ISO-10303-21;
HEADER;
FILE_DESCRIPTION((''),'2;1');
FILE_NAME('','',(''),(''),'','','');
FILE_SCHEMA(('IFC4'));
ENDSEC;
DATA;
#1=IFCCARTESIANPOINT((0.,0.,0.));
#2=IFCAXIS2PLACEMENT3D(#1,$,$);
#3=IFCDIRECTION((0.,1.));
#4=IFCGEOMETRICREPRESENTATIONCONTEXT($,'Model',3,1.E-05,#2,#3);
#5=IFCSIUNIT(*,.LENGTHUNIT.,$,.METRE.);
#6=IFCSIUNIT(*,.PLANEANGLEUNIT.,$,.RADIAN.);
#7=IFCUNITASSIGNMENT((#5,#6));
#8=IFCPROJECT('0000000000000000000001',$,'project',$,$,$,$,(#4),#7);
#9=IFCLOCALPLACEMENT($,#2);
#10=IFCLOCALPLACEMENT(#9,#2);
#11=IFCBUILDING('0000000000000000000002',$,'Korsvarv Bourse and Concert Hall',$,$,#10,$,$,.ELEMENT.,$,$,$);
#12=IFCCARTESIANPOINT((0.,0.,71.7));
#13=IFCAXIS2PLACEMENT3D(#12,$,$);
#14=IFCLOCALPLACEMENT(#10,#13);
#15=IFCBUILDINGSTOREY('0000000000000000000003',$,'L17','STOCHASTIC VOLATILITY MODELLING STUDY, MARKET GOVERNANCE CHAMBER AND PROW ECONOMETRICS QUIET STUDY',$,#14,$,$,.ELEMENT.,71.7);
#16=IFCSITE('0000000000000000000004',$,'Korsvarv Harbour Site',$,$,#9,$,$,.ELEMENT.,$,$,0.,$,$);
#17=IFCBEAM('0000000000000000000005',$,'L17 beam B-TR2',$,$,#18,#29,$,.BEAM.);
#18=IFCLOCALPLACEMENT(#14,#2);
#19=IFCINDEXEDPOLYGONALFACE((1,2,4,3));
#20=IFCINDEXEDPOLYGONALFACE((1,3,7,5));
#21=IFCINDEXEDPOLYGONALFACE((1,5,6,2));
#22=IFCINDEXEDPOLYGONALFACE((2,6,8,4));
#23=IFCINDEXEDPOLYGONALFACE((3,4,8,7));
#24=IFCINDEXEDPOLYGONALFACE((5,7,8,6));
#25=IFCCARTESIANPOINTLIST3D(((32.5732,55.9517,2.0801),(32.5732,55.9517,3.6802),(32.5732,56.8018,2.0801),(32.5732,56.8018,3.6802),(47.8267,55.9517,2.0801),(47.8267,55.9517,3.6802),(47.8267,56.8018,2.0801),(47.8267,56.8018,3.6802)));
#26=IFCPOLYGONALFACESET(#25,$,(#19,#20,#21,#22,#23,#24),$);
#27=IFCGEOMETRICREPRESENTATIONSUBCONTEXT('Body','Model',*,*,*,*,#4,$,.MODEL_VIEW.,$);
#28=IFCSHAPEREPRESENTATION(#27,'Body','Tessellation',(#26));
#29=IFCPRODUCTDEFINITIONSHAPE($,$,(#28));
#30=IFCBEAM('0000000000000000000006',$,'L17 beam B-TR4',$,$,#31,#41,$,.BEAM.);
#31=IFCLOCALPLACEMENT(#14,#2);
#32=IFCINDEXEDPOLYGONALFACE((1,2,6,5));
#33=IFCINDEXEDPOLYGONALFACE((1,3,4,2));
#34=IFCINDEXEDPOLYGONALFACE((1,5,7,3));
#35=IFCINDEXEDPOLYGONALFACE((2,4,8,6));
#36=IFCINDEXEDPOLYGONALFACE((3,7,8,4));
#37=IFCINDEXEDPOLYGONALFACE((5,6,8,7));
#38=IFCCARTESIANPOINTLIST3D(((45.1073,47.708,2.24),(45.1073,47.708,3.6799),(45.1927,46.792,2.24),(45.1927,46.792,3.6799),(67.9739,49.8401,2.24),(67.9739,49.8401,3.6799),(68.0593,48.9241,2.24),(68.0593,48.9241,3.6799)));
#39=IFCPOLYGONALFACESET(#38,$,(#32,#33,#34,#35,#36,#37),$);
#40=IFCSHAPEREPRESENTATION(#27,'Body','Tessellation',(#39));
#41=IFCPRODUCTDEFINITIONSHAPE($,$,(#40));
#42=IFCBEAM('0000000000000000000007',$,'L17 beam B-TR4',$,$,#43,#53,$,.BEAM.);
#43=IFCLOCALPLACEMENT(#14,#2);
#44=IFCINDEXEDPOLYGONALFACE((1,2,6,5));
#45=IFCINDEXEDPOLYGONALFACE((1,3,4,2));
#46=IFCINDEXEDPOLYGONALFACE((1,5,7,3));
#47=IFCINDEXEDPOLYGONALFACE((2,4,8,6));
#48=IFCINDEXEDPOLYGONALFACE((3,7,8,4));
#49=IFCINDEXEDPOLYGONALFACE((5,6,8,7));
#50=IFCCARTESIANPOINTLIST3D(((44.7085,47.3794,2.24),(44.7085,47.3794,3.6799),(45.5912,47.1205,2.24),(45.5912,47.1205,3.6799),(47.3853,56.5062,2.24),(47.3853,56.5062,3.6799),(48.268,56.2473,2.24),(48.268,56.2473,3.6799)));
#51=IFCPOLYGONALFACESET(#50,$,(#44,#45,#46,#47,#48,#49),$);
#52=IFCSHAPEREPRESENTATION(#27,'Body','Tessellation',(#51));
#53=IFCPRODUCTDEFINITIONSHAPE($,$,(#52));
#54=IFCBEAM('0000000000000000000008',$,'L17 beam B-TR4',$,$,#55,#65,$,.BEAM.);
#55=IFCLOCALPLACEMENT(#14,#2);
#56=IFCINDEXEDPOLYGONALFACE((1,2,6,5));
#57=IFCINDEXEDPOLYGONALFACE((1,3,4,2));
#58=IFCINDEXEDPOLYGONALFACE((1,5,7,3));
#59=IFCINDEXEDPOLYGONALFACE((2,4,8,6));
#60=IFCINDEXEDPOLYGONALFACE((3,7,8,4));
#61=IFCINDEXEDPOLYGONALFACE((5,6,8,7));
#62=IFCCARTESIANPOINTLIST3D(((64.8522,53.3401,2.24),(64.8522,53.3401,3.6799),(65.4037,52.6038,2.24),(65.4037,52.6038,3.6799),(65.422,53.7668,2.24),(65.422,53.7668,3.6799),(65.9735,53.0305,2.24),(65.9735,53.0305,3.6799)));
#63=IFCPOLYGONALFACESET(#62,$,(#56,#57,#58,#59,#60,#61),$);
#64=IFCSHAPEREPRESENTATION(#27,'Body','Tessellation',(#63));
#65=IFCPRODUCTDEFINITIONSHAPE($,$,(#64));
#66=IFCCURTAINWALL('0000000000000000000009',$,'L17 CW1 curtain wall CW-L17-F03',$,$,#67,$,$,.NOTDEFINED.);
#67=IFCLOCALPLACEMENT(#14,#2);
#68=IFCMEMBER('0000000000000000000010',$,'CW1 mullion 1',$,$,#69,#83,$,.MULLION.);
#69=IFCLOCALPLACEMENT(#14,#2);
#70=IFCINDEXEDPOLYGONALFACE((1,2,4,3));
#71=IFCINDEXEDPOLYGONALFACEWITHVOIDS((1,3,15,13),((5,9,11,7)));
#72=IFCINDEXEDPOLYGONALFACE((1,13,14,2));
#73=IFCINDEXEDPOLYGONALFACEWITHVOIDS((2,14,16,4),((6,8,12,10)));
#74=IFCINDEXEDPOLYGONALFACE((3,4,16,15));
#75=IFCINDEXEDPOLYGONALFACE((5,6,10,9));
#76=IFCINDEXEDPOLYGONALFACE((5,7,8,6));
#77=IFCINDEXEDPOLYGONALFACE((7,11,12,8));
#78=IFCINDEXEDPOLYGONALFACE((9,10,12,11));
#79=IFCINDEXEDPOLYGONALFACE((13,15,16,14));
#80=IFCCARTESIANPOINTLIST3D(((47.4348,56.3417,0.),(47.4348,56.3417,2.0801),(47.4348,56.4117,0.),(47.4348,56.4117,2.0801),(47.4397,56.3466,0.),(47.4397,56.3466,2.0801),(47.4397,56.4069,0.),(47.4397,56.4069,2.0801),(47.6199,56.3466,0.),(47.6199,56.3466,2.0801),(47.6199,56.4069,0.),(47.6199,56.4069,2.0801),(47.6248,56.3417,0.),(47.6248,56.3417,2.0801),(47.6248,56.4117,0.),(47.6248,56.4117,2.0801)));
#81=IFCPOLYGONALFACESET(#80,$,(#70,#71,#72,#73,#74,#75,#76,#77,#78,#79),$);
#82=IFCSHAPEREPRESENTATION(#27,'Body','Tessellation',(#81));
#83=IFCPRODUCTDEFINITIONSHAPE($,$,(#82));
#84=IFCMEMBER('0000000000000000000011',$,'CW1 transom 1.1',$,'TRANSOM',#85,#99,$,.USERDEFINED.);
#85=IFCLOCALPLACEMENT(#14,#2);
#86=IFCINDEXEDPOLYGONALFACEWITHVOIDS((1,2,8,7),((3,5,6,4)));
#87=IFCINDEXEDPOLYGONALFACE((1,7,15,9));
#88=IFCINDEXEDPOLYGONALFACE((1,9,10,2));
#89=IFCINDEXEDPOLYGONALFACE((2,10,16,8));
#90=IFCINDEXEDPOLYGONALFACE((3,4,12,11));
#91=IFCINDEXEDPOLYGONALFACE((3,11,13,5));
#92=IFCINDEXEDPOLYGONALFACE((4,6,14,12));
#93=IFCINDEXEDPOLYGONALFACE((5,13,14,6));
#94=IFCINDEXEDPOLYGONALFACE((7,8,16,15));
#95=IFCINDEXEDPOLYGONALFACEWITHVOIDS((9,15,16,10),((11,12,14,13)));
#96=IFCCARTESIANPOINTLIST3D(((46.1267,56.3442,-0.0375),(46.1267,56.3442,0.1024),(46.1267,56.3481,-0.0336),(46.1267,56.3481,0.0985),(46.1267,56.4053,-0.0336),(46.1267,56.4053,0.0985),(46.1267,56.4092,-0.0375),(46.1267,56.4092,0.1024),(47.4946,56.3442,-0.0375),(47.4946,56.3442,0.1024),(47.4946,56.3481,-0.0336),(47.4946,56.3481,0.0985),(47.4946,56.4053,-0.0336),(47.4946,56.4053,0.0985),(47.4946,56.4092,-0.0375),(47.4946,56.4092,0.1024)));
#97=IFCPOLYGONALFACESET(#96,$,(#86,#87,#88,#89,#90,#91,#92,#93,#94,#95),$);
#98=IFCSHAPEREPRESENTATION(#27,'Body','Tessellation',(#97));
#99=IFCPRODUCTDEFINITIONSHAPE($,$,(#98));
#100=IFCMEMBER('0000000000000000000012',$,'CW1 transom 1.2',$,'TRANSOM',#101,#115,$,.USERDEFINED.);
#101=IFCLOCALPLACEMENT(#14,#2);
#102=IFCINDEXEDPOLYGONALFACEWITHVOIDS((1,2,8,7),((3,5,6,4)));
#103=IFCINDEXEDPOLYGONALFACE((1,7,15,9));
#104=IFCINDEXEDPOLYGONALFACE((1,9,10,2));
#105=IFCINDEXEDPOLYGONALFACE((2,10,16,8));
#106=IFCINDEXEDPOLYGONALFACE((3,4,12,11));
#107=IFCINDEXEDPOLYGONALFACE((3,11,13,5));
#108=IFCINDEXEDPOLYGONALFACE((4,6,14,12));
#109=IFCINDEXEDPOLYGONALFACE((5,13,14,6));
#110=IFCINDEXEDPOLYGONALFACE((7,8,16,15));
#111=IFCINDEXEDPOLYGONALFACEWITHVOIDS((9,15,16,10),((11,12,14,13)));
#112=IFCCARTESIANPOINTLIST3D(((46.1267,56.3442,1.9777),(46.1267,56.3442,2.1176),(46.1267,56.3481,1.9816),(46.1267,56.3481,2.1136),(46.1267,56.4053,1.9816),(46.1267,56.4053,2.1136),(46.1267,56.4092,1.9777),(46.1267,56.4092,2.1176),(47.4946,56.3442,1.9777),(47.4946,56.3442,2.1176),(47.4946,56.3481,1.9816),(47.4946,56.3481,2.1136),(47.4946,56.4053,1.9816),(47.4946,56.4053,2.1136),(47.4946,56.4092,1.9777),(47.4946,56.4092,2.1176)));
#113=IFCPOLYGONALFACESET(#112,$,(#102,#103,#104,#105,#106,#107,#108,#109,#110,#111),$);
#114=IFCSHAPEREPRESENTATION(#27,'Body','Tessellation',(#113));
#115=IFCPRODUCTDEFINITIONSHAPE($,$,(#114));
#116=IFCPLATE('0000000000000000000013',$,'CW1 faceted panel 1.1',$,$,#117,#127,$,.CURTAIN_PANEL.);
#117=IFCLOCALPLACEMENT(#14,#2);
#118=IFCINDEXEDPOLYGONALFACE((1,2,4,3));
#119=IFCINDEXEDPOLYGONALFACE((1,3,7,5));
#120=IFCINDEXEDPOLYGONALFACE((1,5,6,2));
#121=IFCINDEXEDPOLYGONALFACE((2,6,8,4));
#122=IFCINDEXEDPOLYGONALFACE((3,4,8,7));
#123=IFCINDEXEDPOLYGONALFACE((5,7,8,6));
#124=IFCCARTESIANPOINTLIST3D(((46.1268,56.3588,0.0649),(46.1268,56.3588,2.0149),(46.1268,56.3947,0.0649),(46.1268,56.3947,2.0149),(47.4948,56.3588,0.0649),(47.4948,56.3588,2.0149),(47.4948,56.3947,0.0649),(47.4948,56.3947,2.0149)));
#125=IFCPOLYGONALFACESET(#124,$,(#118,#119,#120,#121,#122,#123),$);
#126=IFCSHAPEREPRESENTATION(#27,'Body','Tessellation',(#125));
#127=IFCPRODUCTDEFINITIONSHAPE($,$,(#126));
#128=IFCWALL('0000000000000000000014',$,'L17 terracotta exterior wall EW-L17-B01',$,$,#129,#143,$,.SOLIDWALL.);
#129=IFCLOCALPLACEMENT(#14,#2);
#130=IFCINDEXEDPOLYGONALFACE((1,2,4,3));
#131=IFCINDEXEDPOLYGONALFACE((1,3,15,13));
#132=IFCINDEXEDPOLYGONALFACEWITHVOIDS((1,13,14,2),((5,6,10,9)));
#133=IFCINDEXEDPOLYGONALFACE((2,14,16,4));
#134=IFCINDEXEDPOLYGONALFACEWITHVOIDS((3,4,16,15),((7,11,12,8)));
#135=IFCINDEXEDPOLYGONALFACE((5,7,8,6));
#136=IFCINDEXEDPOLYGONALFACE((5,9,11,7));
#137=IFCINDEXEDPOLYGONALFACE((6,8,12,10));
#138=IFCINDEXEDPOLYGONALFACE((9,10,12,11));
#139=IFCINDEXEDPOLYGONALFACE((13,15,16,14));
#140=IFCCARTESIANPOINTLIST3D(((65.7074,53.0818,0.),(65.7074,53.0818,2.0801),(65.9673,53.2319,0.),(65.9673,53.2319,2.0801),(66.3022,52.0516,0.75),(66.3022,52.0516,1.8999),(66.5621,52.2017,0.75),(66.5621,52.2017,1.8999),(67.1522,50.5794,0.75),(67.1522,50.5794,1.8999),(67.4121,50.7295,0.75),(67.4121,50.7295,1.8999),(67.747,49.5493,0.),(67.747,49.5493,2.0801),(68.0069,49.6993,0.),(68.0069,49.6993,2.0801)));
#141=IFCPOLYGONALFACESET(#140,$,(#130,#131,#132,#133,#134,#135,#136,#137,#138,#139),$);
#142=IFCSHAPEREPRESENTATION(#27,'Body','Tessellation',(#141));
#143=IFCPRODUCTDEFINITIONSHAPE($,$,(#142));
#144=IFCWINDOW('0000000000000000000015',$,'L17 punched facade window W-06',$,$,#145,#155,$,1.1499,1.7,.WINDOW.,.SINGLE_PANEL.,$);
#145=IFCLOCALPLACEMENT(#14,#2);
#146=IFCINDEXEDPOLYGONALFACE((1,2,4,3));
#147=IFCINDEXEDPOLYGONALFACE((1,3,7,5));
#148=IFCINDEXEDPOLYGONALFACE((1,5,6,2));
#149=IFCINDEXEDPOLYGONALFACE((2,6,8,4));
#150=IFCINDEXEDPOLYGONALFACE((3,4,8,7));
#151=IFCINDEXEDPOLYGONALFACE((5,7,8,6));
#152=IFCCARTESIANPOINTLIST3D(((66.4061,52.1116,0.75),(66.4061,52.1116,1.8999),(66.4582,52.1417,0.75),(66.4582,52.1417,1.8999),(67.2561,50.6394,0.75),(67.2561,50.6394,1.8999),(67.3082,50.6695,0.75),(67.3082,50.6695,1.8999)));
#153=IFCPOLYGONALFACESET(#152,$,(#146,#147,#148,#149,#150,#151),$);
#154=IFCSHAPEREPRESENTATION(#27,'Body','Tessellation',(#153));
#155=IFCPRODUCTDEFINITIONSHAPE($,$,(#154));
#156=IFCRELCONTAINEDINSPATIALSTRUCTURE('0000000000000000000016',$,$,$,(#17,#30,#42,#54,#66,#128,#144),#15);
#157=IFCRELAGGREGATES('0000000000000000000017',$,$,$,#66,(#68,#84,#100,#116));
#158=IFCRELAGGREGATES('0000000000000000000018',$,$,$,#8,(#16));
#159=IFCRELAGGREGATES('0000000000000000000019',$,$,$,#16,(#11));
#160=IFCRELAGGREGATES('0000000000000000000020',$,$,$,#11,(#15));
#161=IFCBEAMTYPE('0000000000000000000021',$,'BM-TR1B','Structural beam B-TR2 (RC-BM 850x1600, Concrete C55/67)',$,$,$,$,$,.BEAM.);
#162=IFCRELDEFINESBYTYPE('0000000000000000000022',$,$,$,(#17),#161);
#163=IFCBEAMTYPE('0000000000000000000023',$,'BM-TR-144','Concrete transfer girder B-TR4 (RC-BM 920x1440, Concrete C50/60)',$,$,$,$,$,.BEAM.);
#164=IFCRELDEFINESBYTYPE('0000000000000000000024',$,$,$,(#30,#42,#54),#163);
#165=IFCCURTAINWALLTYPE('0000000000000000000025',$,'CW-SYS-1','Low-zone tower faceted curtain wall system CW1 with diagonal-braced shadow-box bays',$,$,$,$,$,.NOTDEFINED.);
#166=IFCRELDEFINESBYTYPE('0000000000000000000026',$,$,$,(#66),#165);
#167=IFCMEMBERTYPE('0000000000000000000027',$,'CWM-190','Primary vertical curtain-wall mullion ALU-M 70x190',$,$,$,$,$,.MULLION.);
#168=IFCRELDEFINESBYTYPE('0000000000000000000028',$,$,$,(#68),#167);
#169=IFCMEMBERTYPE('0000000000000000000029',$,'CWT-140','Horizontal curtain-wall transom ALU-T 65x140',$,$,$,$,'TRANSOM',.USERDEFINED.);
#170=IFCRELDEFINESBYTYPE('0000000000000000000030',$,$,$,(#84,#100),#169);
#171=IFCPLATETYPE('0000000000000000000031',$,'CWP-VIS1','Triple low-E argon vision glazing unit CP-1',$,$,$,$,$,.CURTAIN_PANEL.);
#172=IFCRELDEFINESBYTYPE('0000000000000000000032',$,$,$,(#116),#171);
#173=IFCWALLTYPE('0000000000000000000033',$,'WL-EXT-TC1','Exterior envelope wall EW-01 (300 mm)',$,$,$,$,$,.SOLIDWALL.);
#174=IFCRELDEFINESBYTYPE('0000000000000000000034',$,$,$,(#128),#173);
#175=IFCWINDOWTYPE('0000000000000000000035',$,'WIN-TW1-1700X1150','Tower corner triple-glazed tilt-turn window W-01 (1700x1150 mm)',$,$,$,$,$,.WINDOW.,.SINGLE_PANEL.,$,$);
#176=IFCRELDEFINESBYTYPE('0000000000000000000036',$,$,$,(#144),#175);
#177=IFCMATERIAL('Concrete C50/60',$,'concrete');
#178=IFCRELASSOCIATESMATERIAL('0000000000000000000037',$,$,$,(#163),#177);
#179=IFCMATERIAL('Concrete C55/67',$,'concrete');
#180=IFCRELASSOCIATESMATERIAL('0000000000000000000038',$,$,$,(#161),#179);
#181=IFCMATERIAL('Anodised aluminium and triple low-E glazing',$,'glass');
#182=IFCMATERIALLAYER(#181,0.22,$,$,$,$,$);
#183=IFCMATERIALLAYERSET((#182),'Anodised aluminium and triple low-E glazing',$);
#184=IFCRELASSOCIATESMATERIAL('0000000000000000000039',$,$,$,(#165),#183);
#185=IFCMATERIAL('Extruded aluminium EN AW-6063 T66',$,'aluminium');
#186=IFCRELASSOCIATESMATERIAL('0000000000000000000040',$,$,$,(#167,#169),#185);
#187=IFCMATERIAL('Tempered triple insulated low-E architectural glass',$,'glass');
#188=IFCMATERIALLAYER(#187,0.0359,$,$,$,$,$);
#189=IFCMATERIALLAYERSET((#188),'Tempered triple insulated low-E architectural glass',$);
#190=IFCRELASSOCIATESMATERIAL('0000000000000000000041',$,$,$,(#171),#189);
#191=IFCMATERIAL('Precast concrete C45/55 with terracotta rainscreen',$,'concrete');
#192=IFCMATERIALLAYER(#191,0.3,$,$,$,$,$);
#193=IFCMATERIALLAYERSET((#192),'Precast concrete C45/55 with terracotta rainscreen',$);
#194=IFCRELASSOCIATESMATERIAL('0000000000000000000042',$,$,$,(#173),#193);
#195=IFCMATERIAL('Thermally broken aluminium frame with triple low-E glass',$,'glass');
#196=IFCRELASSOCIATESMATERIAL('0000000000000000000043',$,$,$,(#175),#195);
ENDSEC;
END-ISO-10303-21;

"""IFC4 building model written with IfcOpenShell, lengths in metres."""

from ifc_helpers import new_model, si_unit, direction, frame, frame_2d, origin, origin_2d, place, context, subcontext, project, spatial, rectangle, hollow_rectangle, extrude, source, transform, mapped, material, layer, layer_set, material_profile, profile_set, type_object, element, fill, aggregate, save


model = new_model("IFC4")

# Units and contexts
model_context = context("Model", 3, precision=1e-05, world=origin(), true_north=direction((0.0, 1.0)))
body_context = subcontext(model_context, "Body", "Model", "MODEL_VIEW")
ifc_project = project(units=[si_unit("LENGTHUNIT", "METRE"), si_unit("PLANEANGLEUNIT", "RADIAN")], contexts=[model_context])

# Site, building, storey
site_placement = place(None, origin())
site = spatial("IfcSite", under=ifc_project, at=site_placement, Name="Korsvarv Harbour Site", CompositionType="ELEMENT", RefElevation=0.0)
building_placement = place(site_placement, origin())
building = spatial("IfcBuilding", under=site, at=building_placement, Name="Korsvarv Bourse and Concert Hall", CompositionType="ELEMENT")
storey_placement = place(building_placement, frame((0.0, 0.0, 71.7)))
storey = spatial("IfcBuildingStorey", under=building, at=storey_placement, Name="L17", Description="STOCHASTIC VOLATILITY MODELLING STUDY, MARKET GOVERNANCE CHAMBER AND PROW ECONOMETRICS QUIET STUDY", CompositionType="ELEMENT", Elevation=71.7)

# Beams
ifc_material_1 = material(Name="Concrete C50/60", Category="concrete")
ifc_material_profile_1 = material_profile(ifc_material_1, rectangle(XDim=0.9199, YDim=1.4399, at=origin_2d()), Name="RC-BM 920x1440")
ifc_profile_set_1 = profile_set([ifc_material_profile_1], Name="Concrete C50/60")
beam_type_1 = type_object("IfcBeamType", Name="BM-TR-144", Description="Concrete transfer girder B-TR4 (RC-BM 920x1440, Concrete C50/60)", PredefinedType="BEAM", material=ifc_profile_set_1)
ifc_material_2 = material(Name="Concrete C55/67", Category="concrete")
ifc_material_profile_2 = material_profile(ifc_material_2, rectangle(XDim=0.8501, YDim=1.6001, at=origin_2d()), Name="RC-BM 850x1600")
ifc_profile_set_2 = profile_set([ifc_material_profile_2], Name="Concrete C55/67")
beam_type_2 = type_object("IfcBeamType", Name="BM-TR1B", Description="Structural beam B-TR2 (RC-BM 850x1600, Concrete C55/67)", PredefinedType="BEAM", material=ifc_profile_set_2)
shared_shape_1 = source(origin(), body_context, "Body", "SweptSolid", [
    extrude(rectangle(XDim=0.8501, YDim=1.6001, at=origin_2d()), origin(), (0.0, 0.0, 1.0), 15.2534),
])
beam_1_placement = place(storey_placement, frame((47.8267, 56.3767, 2.8801), z_axis=(-1.0, 0.0, 0.0), x_axis=(0.0, -1.0, 0.0)))
element("IfcBeam", 1, at=beam_1_placement, inside=storey, type_object=beam_type_2, Name="L17 beam B-TR2", PredefinedType="BEAM", context=body_context, shape_type="MappedRepresentation", body=[
    mapped(shared_shape_1, transform((0.0, 0.0, 0.0), scale=1.0)),
])
shared_shape_2 = source(origin(), body_context, "Body", "SweptSolid", [
    extrude(rectangle(XDim=0.9199, YDim=1.4399, at=origin_2d()), origin(), (0.0, 0.0, 1.0), 22.9658),
])
beam_2_placement = place(storey_placement, frame((68.0166, 49.3821, 2.96), z_axis=(-0.995681, -0.092837, 0.0), x_axis=(0.092837, -0.995681, 0.0)))
element("IfcBeam", 2, at=beam_2_placement, inside=storey, type_object=beam_type_1, Name="L17 beam B-TR4", PredefinedType="BEAM", context=body_context, shape_type="MappedRepresentation", body=[
    mapped(shared_shape_2, transform((0.0, 0.0, 0.0), scale=1.0)),
])
shared_shape_3 = source(origin(), body_context, "Body", "SweptSolid", [
    extrude(rectangle(XDim=0.9199, YDim=1.4399, at=origin_2d()), origin(), (0.0, 0.0, 1.0), 9.5112),
])
beam_3_placement = place(storey_placement, frame((47.8267, 56.3767, 2.96), z_axis=(-0.281434, -0.959581, 0.0), x_axis=(0.959581, -0.281434, 0.0)))
element("IfcBeam", 3, at=beam_3_placement, inside=storey, type_object=beam_type_1, Name="L17 beam B-TR4", PredefinedType="BEAM", context=body_context, shape_type="MappedRepresentation", body=[
    mapped(shared_shape_3, transform((0.0, 0.0, 0.0), scale=1.0)),
])
shared_shape_4 = source(origin(), body_context, "Body", "SweptSolid", [
    extrude(rectangle(XDim=0.9199, YDim=1.4399, at=origin_2d()), origin(), (0.0, 0.0, 1.0), 0.7119),
])
beam_4_placement = place(storey_placement, frame((65.6978, 53.3987, 2.96), z_axis=(-0.800411, -0.599451, 0.0), x_axis=(0.599451, -0.800411, 0.0)))
element("IfcBeam", 4, at=beam_4_placement, inside=storey, type_object=beam_type_1, Name="L17 beam B-TR4", PredefinedType="BEAM", context=body_context, shape_type="MappedRepresentation", body=[
    mapped(shared_shape_4, transform((0.0, 0.0, 0.0), scale=1.0)),
])

# Curtain wall, members, plate
ifc_material_3 = material(Name="Anodised aluminium and triple low-E glazing", Category="glass")
ifc_layer_1 = layer(ifc_material_3, 0.22)
ifc_layer_set_1 = layer_set([ifc_layer_1], Name="Anodised aluminium and triple low-E glazing")
curtain_wall_type = type_object("IfcCurtainWallType", Name="CW-SYS-1", Description="Low-zone tower faceted curtain wall system CW1 with diagonal-braced shadow-box bays", PredefinedType="NOTDEFINED", material=ifc_layer_set_1)
curtain_wall_placement = place(storey_placement, origin())
curtain_wall = element("IfcCurtainWall", 5, at=curtain_wall_placement, inside=storey, type_object=curtain_wall_type, Name="L17 CW1 curtain wall CW-L17-F03", PredefinedType="NOTDEFINED")
ifc_material_4 = material(Name="Extruded aluminium EN AW-6063 T66", Category="aluminium")
ifc_material_profile_3 = material_profile(ifc_material_4, hollow_rectangle(XDim=0.0701, YDim=0.1899, WallThickness=0.0049, at=origin_2d()), Name="ALU-M 70x190")
ifc_profile_set_3 = profile_set([ifc_material_profile_3], Name="Extruded aluminium EN AW-6063 T66")
member_type_1 = type_object("IfcMemberType", Name="CWM-190", Description="Primary vertical curtain-wall mullion ALU-M 70x190", PredefinedType="MULLION", material=ifc_profile_set_3)
shared_shape_5 = source(origin(), body_context, "Body", "SweptSolid", [
    extrude(hollow_rectangle(XDim=0.0701, YDim=0.1899, WallThickness=0.0049, at=origin_2d()), origin(), (0.0, 0.0, 1.0), 2.0801),
])
member_1_placement = place(storey_placement, frame((47.5298, 56.3767, 0.0), z_axis=(0.0, 0.0, 1.0), x_axis=(0.0, -1.0, 0.0)))
member_1 = element("IfcMember", 6, at=member_1_placement, type_object=member_type_1, Name="CW1 mullion 1", PredefinedType="MULLION", context=body_context, shape_type="MappedRepresentation", body=[
    mapped(shared_shape_5, transform((0.0, 0.0, 0.0), scale=1.0)),
])
ifc_material_profile_4 = material_profile(ifc_material_4, hollow_rectangle(XDim=0.0649, YDim=0.1399, WallThickness=0.0039, at=origin_2d()), Name="ALU-T 65x140")
ifc_profile_set_4 = profile_set([ifc_material_profile_4], Name="Extruded aluminium EN AW-6063 T66")
member_type_2 = type_object("IfcMemberType", Name="CWT-140", Description="Horizontal curtain-wall transom ALU-T 65x140", ElementType="TRANSOM", PredefinedType="USERDEFINED", material=ifc_profile_set_4)
shared_shape_6 = source(origin(), body_context, "Body", "SweptSolid", [
    extrude(hollow_rectangle(XDim=0.0649, YDim=0.1399, WallThickness=0.0039, at=origin_2d()), origin(), (0.0, 0.0, 1.0), 1.3679),
])
member_2_placement = place(storey_placement, frame((47.4946, 56.3767, 0.0325), z_axis=(-1.0, 0.0, 0.0), x_axis=(0.0, -1.0, 0.0)))
member_2 = element("IfcMember", 7, at=member_2_placement, type_object=member_type_2, Name="CW1 transom 1.1", ObjectType="TRANSOM", PredefinedType="USERDEFINED", context=body_context, shape_type="MappedRepresentation", body=[
    mapped(shared_shape_6, transform((0.0, 0.0, 0.0), scale=1.0)),
])
member_3_placement = place(storey_placement, frame((47.4946, 56.3767, 2.0476), z_axis=(-1.0, 0.0, 0.0), x_axis=(0.0, -1.0, 0.0)))
member_3 = element("IfcMember", 8, at=member_3_placement, type_object=member_type_2, Name="CW1 transom 1.2", ObjectType="TRANSOM", PredefinedType="USERDEFINED", context=body_context, shape_type="MappedRepresentation", body=[
    mapped(shared_shape_6, transform((0.0, 0.0, 0.0), scale=1.0)),
])
ifc_material_5 = material(Name="Tempered triple insulated low-E architectural glass", Category="glass")
ifc_layer_2 = layer(ifc_material_5, 0.0359)
ifc_layer_set_2 = layer_set([ifc_layer_2], Name="Tempered triple insulated low-E architectural glass")
plate_type = type_object("IfcPlateType", Name="CWP-VIS1", Description="Triple low-E argon vision glazing unit CP-1", PredefinedType="CURTAIN_PANEL", material=ifc_layer_set_2)
shared_shape_7 = source(origin(), body_context, "Body", "SweptSolid", [
    extrude(rectangle(XDim=1.3679, YDim=0.0359, at=origin_2d()), origin(), (0.0, 0.0, 1.0), 1.95),
])
plate_placement = place(storey_placement, frame((46.8108, 56.3767, 0.0649), z_axis=(0.0, 0.0, 1.0), x_axis=(-1.0, 0.0, 0.0)))
plate = element("IfcPlate", 9, at=plate_placement, type_object=plate_type, Name="CW1 faceted panel 1.1", PredefinedType="CURTAIN_PANEL", context=body_context, shape_type="MappedRepresentation", body=[
    mapped(shared_shape_7, transform((0.0, 0.0, 0.0), scale=1.0)),
])
aggregate(curtain_wall, [member_1, member_2, member_3, plate])

# Wall, opening, window
ifc_material_6 = material(Name="Precast concrete C45/55 with terracotta rainscreen", Category="concrete")
ifc_layer_3 = layer(ifc_material_6, 0.3)
ifc_layer_set_3 = layer_set([ifc_layer_3], Name="Precast concrete C45/55 with terracotta rainscreen")
wall_type_1 = type_object("IfcWallType", Name="WL-EXT-TC1", Description="Exterior envelope wall EW-01 (300 mm)", PredefinedType="SOLIDWALL", material=ifc_layer_set_3)
wall_1_placement = place(storey_placement, frame((67.877, 49.6243, 0.0), z_axis=(0.0, 0.0, 1.0), x_axis=(-0.500014, 0.866017, 0.0)))
wall_1 = element("IfcWall", 10, at=wall_1_placement, inside=storey, type_object=wall_type_1, Name="L17 terracotta exterior wall EW-L17-B01", PredefinedType="SOLIDWALL", context=body_context, shape_type="SweptSolid", body=[
    extrude(rectangle(XDim=4.0791, YDim=0.3, at=frame_2d((2.0396, 0.0))), origin(), (0.0, 0.0, 1.0), 2.0801),
])
opening_1_placement = place(wall_1_placement, frame((1.1895, 0.0, 0.75)))
opening_1 = element("IfcOpeningElement", 11, at=opening_1_placement, cuts=wall_1, PredefinedType="OPENING", context=body_context, shape_type="SweptSolid", body=[
    extrude(rectangle(XDim=1.7, YDim=1.1499, at=frame_2d((0.8501, 0.575))), frame((0.0, 0.1602, 0.0), z_axis=(0.0, -1.0, 0.0), x_axis=(1.0, 0.0, 0.0)), (0.0, 0.0, 1.0), 0.3201),
])
ifc_material_7 = material(Name="Thermally broken aluminium frame with triple low-E glass", Category="glass")
window_type = type_object("IfcWindowType", Name="WIN-TW1-1700X1150", Description="Tower corner triple-glazed tilt-turn window W-01 (1700x1150 mm)", PartitioningType="SINGLE_PANEL", PredefinedType="WINDOW", material=ifc_material_7)
window_1_placement = place(opening_1_placement, origin())
window_1 = element("IfcWindow", 12, at=window_1_placement, inside=storey, type_object=window_type, Name="L17 punched facade window W-06", OverallHeight=1.1499, OverallWidth=1.7, PartitioningType="SINGLE_PANEL", PredefinedType="WINDOW", context=body_context, shape_type="SweptSolid", body=[
    extrude(rectangle(XDim=1.7, YDim=1.1499, at=frame_2d((0.8501, 0.575))), frame((0.0, 0.03, 0.0), z_axis=(0.0, -1.0, 0.0), x_axis=(1.0, 0.0, 0.0)), (0.0, 0.0, 1.0), 0.0601),
])
fill(opening_1, window_1)

save(model, "model.ifc")
